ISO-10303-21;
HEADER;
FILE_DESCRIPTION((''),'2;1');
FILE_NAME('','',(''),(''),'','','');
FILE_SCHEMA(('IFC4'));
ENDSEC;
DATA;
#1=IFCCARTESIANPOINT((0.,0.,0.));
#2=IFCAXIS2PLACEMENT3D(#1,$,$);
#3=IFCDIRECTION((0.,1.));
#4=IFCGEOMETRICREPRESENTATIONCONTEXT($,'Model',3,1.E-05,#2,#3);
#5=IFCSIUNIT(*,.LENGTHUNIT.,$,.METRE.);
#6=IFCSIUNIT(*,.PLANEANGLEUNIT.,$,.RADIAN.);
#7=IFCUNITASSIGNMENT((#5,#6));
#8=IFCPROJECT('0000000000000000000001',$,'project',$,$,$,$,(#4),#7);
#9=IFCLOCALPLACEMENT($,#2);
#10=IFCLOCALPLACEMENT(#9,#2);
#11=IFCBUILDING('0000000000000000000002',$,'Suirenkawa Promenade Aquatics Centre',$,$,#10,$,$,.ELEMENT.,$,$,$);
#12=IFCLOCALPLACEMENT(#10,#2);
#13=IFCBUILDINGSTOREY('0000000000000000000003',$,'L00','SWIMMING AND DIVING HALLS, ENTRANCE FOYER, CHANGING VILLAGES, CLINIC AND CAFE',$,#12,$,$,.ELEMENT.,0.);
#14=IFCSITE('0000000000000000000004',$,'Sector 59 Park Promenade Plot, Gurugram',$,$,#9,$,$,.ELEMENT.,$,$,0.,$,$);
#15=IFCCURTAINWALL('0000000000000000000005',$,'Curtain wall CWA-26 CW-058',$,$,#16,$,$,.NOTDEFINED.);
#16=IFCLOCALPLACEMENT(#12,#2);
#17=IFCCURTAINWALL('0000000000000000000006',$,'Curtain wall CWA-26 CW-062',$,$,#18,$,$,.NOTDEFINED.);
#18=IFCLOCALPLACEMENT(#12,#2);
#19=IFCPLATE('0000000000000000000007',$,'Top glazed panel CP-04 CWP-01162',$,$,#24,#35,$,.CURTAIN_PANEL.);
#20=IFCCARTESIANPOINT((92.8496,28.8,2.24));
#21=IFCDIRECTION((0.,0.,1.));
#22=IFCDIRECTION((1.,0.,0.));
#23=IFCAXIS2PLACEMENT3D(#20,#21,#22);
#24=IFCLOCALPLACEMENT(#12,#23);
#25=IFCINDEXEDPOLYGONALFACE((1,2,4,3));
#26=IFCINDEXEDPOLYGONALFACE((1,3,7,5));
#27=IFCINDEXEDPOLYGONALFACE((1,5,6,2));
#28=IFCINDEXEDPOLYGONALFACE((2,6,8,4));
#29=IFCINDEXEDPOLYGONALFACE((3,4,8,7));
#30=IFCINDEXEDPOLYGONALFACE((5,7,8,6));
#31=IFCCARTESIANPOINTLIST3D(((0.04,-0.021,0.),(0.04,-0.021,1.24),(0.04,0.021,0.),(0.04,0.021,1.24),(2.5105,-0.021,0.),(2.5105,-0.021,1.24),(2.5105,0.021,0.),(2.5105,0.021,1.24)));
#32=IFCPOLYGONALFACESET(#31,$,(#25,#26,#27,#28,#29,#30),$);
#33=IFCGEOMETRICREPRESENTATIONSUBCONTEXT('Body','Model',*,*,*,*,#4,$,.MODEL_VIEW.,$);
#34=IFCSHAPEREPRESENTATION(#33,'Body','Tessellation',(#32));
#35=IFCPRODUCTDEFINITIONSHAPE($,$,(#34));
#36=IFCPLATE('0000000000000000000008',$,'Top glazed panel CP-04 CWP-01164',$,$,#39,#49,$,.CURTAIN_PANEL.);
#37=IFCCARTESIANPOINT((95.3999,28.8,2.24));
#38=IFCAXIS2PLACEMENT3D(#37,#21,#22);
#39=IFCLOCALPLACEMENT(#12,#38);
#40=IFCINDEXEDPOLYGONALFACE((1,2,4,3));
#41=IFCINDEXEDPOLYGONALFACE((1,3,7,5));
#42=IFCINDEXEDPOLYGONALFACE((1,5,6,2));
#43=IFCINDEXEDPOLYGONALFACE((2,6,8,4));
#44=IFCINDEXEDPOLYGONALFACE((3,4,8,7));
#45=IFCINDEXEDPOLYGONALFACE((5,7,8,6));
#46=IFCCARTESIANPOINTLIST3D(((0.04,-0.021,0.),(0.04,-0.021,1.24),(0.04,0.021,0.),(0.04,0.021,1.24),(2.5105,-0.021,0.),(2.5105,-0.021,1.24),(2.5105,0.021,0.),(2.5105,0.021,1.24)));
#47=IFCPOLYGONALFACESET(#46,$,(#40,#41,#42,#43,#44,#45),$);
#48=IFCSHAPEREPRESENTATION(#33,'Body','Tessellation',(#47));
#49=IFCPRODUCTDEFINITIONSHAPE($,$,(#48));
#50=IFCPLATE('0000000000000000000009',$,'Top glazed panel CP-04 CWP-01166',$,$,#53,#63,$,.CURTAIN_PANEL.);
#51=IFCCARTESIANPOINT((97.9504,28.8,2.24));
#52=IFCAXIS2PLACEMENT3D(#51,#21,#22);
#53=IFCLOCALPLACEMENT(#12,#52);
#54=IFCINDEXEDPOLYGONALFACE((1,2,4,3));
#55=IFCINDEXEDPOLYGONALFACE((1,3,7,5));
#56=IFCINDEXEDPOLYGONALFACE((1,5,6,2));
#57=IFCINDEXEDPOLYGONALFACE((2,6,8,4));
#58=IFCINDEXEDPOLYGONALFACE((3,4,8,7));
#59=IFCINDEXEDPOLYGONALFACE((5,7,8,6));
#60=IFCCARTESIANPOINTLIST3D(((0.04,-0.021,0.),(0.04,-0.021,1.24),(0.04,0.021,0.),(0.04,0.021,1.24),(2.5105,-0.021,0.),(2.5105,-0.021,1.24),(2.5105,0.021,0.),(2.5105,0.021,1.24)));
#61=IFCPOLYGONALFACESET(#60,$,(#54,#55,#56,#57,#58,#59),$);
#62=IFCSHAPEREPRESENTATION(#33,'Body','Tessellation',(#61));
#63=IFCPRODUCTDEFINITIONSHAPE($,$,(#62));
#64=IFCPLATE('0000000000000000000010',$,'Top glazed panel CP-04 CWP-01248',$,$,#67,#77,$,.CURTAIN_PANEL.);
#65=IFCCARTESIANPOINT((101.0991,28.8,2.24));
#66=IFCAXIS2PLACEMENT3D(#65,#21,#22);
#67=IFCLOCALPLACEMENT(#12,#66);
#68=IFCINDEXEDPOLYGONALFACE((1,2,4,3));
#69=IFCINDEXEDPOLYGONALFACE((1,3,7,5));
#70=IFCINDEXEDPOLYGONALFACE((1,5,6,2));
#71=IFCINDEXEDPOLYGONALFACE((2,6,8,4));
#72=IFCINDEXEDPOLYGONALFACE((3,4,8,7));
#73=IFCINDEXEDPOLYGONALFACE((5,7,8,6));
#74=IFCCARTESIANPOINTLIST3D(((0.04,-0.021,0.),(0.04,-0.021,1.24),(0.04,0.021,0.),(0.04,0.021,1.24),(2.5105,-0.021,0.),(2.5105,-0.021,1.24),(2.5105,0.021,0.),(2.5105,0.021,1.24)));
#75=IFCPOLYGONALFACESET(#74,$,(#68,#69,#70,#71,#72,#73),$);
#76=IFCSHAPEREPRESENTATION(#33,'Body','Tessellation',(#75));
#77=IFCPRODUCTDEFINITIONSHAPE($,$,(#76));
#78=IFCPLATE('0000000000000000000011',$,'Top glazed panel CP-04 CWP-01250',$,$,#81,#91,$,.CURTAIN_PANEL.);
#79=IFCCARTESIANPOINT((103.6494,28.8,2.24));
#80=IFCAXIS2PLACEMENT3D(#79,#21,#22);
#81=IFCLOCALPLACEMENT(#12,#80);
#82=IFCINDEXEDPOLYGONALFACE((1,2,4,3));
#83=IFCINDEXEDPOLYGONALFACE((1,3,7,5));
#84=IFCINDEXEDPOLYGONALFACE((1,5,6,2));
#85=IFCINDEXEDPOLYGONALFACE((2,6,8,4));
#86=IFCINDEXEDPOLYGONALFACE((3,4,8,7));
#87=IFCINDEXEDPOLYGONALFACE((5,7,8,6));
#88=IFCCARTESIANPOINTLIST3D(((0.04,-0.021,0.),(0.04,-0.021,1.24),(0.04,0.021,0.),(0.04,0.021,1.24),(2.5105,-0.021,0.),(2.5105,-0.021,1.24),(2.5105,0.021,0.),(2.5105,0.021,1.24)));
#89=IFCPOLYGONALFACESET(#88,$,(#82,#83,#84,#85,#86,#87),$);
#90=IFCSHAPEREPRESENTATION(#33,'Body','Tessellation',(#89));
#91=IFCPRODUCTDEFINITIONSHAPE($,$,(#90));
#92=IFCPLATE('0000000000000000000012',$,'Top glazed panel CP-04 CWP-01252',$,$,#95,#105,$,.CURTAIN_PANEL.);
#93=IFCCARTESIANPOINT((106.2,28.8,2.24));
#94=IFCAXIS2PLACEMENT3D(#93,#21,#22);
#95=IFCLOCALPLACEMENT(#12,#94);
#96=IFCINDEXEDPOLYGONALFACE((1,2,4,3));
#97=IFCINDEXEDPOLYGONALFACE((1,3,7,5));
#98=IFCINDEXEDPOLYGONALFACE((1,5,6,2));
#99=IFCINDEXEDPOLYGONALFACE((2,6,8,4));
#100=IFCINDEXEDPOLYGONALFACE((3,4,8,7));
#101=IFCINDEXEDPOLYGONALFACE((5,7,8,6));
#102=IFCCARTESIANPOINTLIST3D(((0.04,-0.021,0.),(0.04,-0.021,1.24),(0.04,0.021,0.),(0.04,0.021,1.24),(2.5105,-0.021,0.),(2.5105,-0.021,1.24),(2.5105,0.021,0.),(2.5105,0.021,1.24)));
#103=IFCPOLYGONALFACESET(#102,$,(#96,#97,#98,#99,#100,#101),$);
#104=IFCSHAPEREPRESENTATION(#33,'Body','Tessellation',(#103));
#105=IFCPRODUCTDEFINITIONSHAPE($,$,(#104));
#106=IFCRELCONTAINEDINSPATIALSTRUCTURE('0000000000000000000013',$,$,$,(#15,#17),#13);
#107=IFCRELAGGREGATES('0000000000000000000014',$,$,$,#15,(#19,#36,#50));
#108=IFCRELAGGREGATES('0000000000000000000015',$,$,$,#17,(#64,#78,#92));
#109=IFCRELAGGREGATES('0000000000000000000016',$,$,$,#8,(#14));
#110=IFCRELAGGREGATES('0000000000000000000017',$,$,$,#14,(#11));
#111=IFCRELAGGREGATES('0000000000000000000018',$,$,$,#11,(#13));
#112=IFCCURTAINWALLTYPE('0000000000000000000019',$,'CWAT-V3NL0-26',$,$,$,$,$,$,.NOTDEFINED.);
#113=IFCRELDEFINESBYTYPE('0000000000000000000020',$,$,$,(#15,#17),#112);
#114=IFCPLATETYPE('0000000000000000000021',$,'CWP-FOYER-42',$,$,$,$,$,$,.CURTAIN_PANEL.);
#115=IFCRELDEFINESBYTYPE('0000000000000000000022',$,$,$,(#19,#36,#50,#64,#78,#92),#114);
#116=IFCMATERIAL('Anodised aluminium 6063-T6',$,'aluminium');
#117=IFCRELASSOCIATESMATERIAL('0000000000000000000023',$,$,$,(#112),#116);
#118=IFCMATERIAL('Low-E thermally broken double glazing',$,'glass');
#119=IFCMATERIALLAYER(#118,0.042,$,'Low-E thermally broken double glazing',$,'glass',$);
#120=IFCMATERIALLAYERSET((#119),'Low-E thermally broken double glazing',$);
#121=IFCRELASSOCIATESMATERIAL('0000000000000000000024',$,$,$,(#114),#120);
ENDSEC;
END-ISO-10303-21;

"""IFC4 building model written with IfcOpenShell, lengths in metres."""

from ifc_helpers import new_model, si_unit, direction, frame, origin, place, context, subcontext, project, spatial, polyline, outline, extrude, material, layer, layer_set, type_object, element, aggregate, save


model = new_model("IFC4")

# Units and contexts
model_context = context("Model", 3, precision=1e-05, world=origin(), true_north=direction((0.0, 1.0)))
body_context = subcontext(model_context, "Body", "Model", "MODEL_VIEW")
ifc_project = project(units=[si_unit("LENGTHUNIT", "METRE"), si_unit("PLANEANGLEUNIT", "RADIAN")], contexts=[model_context])

# Site, building, storey
site_placement = place(None, origin())
site = spatial("IfcSite", under=ifc_project, at=site_placement, Name="Sector 59 Park Promenade Plot, Gurugram", CompositionType="ELEMENT", RefElevation=0.0)
building_placement = place(site_placement, origin())
building = spatial("IfcBuilding", under=site, at=building_placement, Name="Suirenkawa Promenade Aquatics Centre", CompositionType="ELEMENT")
storey_placement = place(building_placement, origin())
storey = spatial("IfcBuildingStorey", under=building, at=storey_placement, Name="L00", Description="SWIMMING AND DIVING HALLS, ENTRANCE FOYER, CHANGING VILLAGES, CLINIC AND CAFE", CompositionType="ELEMENT", Elevation=0.0)

# Curtain walls
ifc_material_1 = material(Name="Anodised aluminium 6063-T6", Category="aluminium")
curtain_wall_type = type_object("IfcCurtainWallType", Name="CWAT-V3NL0-26", PredefinedType="NOTDEFINED", material=ifc_material_1)
curtain_wall_1_placement = place(storey_placement, origin())
curtain_wall_1 = element("IfcCurtainWall", 1, at=curtain_wall_1_placement, inside=storey, type_object=curtain_wall_type, Name="Curtain wall CWA-26 CW-058", PredefinedType="NOTDEFINED")
curtain_wall_2_placement = place(storey_placement, origin())
curtain_wall_2 = element("IfcCurtainWall", 2, at=curtain_wall_2_placement, inside=storey, type_object=curtain_wall_type, Name="Curtain wall CWA-26 CW-062", PredefinedType="NOTDEFINED")

# Plates
ifc_material_2 = material(Name="Low-E thermally broken double glazing", Category="glass")
ifc_layer = layer(ifc_material_2, 0.042, Name="Low-E thermally broken double glazing", Category="glass")
ifc_layer_set = layer_set([ifc_layer], Name="Low-E thermally broken double glazing")
plate_type = type_object("IfcPlateType", Name="CWP-FOYER-42", PredefinedType="CURTAIN_PANEL", material=ifc_layer_set)
plate_1_placement = place(storey_placement, frame((92.8496, 28.8, 2.24), z_axis=(0.0, 0.0, 1.0), x_axis=(1.0, 0.0, 0.0)))
plate_1 = element("IfcPlate", 3, at=plate_1_placement, type_object=plate_type, Name="Top glazed panel CP-04 CWP-01162", PredefinedType="CURTAIN_PANEL", context=body_context, shape_type="SweptSolid", body=[
    extrude(outline(polyline([(0.04, 0.0), (2.5105, 0.0), (2.5105, 1.24), (0.04, 1.24), (0.04, 0.0)])), frame((0.0, 0.021, 0.0), z_axis=(0.0, -1.0, 0.0), x_axis=(1.0, 0.0, 0.0)), (0.0, 0.0, 1.0), 0.042),
])
plate_2_placement = place(storey_placement, frame((95.3999, 28.8, 2.24), z_axis=(0.0, 0.0, 1.0), x_axis=(1.0, 0.0, 0.0)))
plate_2 = element("IfcPlate", 4, at=plate_2_placement, type_object=plate_type, Name="Top glazed panel CP-04 CWP-01164", PredefinedType="CURTAIN_PANEL", context=body_context, shape_type="SweptSolid", body=[
    extrude(outline(polyline([(0.04, 0.0), (2.5105, 0.0), (2.5105, 1.24), (0.04, 1.24), (0.04, 0.0)])), frame((0.0, 0.021, 0.0), z_axis=(0.0, -1.0, 0.0), x_axis=(1.0, 0.0, 0.0)), (0.0, 0.0, 1.0), 0.042),
])
plate_3_placement = place(storey_placement, frame((97.9504, 28.8, 2.24), z_axis=(0.0, 0.0, 1.0), x_axis=(1.0, 0.0, 0.0)))
plate_3 = element("IfcPlate", 5, at=plate_3_placement, type_object=plate_type, Name="Top glazed panel CP-04 CWP-01166", PredefinedType="CURTAIN_PANEL", context=body_context, shape_type="SweptSolid", body=[
    extrude(outline(polyline([(0.04, 0.0), (2.5105, 0.0), (2.5105, 1.24), (0.04, 1.24), (0.04, 0.0)])), frame((0.0, 0.021, 0.0), z_axis=(0.0, -1.0, 0.0), x_axis=(1.0, 0.0, 0.0)), (0.0, 0.0, 1.0), 0.042),
])
aggregate(curtain_wall_1, [plate_1, plate_2, plate_3])
plate_4_placement = place(storey_placement, frame((101.0991, 28.8, 2.24), z_axis=(0.0, 0.0, 1.0), x_axis=(1.0, 0.0, 0.0)))
plate_4 = element("IfcPlate", 6, at=plate_4_placement, type_object=plate_type, Name="Top glazed panel CP-04 CWP-01248", PredefinedType="CURTAIN_PANEL", context=body_context, shape_type="SweptSolid", body=[
    extrude(outline(polyline([(0.04, 0.0), (2.5105, 0.0), (2.5105, 1.24), (0.04, 1.24), (0.04, 0.0)])), frame((0.0, 0.021, 0.0), z_axis=(0.0, -1.0, 0.0), x_axis=(1.0, 0.0, 0.0)), (0.0, 0.0, 1.0), 0.042),
])
plate_5_placement = place(storey_placement, frame((103.6494, 28.8, 2.24), z_axis=(0.0, 0.0, 1.0), x_axis=(1.0, 0.0, 0.0)))
plate_5 = element("IfcPlate", 7, at=plate_5_placement, type_object=plate_type, Name="Top glazed panel CP-04 CWP-01250", PredefinedType="CURTAIN_PANEL", context=body_context, shape_type="SweptSolid", body=[
    extrude(outline(polyline([(0.04, 0.0), (2.5105, 0.0), (2.5105, 1.24), (0.04, 1.24), (0.04, 0.0)])), frame((0.0, 0.021, 0.0), z_axis=(0.0, -1.0, 0.0), x_axis=(1.0, 0.0, 0.0)), (0.0, 0.0, 1.0), 0.042),
])
plate_6_placement = place(storey_placement, frame((106.2, 28.8, 2.24), z_axis=(0.0, 0.0, 1.0), x_axis=(1.0, 0.0, 0.0)))
plate_6 = element("IfcPlate", 8, at=plate_6_placement, type_object=plate_type, Name="Top glazed panel CP-04 CWP-01252", PredefinedType="CURTAIN_PANEL", context=body_context, shape_type="SweptSolid", body=[
    extrude(outline(polyline([(0.04, 0.0), (2.5105, 0.0), (2.5105, 1.24), (0.04, 1.24), (0.04, 0.0)])), frame((0.0, 0.021, 0.0), z_axis=(0.0, -1.0, 0.0), x_axis=(1.0, 0.0, 0.0)), (0.0, 0.0, 1.0), 0.042),
])
aggregate(curtain_wall_2, [plate_4, plate_5, plate_6])

save(model, "model.ifc")
